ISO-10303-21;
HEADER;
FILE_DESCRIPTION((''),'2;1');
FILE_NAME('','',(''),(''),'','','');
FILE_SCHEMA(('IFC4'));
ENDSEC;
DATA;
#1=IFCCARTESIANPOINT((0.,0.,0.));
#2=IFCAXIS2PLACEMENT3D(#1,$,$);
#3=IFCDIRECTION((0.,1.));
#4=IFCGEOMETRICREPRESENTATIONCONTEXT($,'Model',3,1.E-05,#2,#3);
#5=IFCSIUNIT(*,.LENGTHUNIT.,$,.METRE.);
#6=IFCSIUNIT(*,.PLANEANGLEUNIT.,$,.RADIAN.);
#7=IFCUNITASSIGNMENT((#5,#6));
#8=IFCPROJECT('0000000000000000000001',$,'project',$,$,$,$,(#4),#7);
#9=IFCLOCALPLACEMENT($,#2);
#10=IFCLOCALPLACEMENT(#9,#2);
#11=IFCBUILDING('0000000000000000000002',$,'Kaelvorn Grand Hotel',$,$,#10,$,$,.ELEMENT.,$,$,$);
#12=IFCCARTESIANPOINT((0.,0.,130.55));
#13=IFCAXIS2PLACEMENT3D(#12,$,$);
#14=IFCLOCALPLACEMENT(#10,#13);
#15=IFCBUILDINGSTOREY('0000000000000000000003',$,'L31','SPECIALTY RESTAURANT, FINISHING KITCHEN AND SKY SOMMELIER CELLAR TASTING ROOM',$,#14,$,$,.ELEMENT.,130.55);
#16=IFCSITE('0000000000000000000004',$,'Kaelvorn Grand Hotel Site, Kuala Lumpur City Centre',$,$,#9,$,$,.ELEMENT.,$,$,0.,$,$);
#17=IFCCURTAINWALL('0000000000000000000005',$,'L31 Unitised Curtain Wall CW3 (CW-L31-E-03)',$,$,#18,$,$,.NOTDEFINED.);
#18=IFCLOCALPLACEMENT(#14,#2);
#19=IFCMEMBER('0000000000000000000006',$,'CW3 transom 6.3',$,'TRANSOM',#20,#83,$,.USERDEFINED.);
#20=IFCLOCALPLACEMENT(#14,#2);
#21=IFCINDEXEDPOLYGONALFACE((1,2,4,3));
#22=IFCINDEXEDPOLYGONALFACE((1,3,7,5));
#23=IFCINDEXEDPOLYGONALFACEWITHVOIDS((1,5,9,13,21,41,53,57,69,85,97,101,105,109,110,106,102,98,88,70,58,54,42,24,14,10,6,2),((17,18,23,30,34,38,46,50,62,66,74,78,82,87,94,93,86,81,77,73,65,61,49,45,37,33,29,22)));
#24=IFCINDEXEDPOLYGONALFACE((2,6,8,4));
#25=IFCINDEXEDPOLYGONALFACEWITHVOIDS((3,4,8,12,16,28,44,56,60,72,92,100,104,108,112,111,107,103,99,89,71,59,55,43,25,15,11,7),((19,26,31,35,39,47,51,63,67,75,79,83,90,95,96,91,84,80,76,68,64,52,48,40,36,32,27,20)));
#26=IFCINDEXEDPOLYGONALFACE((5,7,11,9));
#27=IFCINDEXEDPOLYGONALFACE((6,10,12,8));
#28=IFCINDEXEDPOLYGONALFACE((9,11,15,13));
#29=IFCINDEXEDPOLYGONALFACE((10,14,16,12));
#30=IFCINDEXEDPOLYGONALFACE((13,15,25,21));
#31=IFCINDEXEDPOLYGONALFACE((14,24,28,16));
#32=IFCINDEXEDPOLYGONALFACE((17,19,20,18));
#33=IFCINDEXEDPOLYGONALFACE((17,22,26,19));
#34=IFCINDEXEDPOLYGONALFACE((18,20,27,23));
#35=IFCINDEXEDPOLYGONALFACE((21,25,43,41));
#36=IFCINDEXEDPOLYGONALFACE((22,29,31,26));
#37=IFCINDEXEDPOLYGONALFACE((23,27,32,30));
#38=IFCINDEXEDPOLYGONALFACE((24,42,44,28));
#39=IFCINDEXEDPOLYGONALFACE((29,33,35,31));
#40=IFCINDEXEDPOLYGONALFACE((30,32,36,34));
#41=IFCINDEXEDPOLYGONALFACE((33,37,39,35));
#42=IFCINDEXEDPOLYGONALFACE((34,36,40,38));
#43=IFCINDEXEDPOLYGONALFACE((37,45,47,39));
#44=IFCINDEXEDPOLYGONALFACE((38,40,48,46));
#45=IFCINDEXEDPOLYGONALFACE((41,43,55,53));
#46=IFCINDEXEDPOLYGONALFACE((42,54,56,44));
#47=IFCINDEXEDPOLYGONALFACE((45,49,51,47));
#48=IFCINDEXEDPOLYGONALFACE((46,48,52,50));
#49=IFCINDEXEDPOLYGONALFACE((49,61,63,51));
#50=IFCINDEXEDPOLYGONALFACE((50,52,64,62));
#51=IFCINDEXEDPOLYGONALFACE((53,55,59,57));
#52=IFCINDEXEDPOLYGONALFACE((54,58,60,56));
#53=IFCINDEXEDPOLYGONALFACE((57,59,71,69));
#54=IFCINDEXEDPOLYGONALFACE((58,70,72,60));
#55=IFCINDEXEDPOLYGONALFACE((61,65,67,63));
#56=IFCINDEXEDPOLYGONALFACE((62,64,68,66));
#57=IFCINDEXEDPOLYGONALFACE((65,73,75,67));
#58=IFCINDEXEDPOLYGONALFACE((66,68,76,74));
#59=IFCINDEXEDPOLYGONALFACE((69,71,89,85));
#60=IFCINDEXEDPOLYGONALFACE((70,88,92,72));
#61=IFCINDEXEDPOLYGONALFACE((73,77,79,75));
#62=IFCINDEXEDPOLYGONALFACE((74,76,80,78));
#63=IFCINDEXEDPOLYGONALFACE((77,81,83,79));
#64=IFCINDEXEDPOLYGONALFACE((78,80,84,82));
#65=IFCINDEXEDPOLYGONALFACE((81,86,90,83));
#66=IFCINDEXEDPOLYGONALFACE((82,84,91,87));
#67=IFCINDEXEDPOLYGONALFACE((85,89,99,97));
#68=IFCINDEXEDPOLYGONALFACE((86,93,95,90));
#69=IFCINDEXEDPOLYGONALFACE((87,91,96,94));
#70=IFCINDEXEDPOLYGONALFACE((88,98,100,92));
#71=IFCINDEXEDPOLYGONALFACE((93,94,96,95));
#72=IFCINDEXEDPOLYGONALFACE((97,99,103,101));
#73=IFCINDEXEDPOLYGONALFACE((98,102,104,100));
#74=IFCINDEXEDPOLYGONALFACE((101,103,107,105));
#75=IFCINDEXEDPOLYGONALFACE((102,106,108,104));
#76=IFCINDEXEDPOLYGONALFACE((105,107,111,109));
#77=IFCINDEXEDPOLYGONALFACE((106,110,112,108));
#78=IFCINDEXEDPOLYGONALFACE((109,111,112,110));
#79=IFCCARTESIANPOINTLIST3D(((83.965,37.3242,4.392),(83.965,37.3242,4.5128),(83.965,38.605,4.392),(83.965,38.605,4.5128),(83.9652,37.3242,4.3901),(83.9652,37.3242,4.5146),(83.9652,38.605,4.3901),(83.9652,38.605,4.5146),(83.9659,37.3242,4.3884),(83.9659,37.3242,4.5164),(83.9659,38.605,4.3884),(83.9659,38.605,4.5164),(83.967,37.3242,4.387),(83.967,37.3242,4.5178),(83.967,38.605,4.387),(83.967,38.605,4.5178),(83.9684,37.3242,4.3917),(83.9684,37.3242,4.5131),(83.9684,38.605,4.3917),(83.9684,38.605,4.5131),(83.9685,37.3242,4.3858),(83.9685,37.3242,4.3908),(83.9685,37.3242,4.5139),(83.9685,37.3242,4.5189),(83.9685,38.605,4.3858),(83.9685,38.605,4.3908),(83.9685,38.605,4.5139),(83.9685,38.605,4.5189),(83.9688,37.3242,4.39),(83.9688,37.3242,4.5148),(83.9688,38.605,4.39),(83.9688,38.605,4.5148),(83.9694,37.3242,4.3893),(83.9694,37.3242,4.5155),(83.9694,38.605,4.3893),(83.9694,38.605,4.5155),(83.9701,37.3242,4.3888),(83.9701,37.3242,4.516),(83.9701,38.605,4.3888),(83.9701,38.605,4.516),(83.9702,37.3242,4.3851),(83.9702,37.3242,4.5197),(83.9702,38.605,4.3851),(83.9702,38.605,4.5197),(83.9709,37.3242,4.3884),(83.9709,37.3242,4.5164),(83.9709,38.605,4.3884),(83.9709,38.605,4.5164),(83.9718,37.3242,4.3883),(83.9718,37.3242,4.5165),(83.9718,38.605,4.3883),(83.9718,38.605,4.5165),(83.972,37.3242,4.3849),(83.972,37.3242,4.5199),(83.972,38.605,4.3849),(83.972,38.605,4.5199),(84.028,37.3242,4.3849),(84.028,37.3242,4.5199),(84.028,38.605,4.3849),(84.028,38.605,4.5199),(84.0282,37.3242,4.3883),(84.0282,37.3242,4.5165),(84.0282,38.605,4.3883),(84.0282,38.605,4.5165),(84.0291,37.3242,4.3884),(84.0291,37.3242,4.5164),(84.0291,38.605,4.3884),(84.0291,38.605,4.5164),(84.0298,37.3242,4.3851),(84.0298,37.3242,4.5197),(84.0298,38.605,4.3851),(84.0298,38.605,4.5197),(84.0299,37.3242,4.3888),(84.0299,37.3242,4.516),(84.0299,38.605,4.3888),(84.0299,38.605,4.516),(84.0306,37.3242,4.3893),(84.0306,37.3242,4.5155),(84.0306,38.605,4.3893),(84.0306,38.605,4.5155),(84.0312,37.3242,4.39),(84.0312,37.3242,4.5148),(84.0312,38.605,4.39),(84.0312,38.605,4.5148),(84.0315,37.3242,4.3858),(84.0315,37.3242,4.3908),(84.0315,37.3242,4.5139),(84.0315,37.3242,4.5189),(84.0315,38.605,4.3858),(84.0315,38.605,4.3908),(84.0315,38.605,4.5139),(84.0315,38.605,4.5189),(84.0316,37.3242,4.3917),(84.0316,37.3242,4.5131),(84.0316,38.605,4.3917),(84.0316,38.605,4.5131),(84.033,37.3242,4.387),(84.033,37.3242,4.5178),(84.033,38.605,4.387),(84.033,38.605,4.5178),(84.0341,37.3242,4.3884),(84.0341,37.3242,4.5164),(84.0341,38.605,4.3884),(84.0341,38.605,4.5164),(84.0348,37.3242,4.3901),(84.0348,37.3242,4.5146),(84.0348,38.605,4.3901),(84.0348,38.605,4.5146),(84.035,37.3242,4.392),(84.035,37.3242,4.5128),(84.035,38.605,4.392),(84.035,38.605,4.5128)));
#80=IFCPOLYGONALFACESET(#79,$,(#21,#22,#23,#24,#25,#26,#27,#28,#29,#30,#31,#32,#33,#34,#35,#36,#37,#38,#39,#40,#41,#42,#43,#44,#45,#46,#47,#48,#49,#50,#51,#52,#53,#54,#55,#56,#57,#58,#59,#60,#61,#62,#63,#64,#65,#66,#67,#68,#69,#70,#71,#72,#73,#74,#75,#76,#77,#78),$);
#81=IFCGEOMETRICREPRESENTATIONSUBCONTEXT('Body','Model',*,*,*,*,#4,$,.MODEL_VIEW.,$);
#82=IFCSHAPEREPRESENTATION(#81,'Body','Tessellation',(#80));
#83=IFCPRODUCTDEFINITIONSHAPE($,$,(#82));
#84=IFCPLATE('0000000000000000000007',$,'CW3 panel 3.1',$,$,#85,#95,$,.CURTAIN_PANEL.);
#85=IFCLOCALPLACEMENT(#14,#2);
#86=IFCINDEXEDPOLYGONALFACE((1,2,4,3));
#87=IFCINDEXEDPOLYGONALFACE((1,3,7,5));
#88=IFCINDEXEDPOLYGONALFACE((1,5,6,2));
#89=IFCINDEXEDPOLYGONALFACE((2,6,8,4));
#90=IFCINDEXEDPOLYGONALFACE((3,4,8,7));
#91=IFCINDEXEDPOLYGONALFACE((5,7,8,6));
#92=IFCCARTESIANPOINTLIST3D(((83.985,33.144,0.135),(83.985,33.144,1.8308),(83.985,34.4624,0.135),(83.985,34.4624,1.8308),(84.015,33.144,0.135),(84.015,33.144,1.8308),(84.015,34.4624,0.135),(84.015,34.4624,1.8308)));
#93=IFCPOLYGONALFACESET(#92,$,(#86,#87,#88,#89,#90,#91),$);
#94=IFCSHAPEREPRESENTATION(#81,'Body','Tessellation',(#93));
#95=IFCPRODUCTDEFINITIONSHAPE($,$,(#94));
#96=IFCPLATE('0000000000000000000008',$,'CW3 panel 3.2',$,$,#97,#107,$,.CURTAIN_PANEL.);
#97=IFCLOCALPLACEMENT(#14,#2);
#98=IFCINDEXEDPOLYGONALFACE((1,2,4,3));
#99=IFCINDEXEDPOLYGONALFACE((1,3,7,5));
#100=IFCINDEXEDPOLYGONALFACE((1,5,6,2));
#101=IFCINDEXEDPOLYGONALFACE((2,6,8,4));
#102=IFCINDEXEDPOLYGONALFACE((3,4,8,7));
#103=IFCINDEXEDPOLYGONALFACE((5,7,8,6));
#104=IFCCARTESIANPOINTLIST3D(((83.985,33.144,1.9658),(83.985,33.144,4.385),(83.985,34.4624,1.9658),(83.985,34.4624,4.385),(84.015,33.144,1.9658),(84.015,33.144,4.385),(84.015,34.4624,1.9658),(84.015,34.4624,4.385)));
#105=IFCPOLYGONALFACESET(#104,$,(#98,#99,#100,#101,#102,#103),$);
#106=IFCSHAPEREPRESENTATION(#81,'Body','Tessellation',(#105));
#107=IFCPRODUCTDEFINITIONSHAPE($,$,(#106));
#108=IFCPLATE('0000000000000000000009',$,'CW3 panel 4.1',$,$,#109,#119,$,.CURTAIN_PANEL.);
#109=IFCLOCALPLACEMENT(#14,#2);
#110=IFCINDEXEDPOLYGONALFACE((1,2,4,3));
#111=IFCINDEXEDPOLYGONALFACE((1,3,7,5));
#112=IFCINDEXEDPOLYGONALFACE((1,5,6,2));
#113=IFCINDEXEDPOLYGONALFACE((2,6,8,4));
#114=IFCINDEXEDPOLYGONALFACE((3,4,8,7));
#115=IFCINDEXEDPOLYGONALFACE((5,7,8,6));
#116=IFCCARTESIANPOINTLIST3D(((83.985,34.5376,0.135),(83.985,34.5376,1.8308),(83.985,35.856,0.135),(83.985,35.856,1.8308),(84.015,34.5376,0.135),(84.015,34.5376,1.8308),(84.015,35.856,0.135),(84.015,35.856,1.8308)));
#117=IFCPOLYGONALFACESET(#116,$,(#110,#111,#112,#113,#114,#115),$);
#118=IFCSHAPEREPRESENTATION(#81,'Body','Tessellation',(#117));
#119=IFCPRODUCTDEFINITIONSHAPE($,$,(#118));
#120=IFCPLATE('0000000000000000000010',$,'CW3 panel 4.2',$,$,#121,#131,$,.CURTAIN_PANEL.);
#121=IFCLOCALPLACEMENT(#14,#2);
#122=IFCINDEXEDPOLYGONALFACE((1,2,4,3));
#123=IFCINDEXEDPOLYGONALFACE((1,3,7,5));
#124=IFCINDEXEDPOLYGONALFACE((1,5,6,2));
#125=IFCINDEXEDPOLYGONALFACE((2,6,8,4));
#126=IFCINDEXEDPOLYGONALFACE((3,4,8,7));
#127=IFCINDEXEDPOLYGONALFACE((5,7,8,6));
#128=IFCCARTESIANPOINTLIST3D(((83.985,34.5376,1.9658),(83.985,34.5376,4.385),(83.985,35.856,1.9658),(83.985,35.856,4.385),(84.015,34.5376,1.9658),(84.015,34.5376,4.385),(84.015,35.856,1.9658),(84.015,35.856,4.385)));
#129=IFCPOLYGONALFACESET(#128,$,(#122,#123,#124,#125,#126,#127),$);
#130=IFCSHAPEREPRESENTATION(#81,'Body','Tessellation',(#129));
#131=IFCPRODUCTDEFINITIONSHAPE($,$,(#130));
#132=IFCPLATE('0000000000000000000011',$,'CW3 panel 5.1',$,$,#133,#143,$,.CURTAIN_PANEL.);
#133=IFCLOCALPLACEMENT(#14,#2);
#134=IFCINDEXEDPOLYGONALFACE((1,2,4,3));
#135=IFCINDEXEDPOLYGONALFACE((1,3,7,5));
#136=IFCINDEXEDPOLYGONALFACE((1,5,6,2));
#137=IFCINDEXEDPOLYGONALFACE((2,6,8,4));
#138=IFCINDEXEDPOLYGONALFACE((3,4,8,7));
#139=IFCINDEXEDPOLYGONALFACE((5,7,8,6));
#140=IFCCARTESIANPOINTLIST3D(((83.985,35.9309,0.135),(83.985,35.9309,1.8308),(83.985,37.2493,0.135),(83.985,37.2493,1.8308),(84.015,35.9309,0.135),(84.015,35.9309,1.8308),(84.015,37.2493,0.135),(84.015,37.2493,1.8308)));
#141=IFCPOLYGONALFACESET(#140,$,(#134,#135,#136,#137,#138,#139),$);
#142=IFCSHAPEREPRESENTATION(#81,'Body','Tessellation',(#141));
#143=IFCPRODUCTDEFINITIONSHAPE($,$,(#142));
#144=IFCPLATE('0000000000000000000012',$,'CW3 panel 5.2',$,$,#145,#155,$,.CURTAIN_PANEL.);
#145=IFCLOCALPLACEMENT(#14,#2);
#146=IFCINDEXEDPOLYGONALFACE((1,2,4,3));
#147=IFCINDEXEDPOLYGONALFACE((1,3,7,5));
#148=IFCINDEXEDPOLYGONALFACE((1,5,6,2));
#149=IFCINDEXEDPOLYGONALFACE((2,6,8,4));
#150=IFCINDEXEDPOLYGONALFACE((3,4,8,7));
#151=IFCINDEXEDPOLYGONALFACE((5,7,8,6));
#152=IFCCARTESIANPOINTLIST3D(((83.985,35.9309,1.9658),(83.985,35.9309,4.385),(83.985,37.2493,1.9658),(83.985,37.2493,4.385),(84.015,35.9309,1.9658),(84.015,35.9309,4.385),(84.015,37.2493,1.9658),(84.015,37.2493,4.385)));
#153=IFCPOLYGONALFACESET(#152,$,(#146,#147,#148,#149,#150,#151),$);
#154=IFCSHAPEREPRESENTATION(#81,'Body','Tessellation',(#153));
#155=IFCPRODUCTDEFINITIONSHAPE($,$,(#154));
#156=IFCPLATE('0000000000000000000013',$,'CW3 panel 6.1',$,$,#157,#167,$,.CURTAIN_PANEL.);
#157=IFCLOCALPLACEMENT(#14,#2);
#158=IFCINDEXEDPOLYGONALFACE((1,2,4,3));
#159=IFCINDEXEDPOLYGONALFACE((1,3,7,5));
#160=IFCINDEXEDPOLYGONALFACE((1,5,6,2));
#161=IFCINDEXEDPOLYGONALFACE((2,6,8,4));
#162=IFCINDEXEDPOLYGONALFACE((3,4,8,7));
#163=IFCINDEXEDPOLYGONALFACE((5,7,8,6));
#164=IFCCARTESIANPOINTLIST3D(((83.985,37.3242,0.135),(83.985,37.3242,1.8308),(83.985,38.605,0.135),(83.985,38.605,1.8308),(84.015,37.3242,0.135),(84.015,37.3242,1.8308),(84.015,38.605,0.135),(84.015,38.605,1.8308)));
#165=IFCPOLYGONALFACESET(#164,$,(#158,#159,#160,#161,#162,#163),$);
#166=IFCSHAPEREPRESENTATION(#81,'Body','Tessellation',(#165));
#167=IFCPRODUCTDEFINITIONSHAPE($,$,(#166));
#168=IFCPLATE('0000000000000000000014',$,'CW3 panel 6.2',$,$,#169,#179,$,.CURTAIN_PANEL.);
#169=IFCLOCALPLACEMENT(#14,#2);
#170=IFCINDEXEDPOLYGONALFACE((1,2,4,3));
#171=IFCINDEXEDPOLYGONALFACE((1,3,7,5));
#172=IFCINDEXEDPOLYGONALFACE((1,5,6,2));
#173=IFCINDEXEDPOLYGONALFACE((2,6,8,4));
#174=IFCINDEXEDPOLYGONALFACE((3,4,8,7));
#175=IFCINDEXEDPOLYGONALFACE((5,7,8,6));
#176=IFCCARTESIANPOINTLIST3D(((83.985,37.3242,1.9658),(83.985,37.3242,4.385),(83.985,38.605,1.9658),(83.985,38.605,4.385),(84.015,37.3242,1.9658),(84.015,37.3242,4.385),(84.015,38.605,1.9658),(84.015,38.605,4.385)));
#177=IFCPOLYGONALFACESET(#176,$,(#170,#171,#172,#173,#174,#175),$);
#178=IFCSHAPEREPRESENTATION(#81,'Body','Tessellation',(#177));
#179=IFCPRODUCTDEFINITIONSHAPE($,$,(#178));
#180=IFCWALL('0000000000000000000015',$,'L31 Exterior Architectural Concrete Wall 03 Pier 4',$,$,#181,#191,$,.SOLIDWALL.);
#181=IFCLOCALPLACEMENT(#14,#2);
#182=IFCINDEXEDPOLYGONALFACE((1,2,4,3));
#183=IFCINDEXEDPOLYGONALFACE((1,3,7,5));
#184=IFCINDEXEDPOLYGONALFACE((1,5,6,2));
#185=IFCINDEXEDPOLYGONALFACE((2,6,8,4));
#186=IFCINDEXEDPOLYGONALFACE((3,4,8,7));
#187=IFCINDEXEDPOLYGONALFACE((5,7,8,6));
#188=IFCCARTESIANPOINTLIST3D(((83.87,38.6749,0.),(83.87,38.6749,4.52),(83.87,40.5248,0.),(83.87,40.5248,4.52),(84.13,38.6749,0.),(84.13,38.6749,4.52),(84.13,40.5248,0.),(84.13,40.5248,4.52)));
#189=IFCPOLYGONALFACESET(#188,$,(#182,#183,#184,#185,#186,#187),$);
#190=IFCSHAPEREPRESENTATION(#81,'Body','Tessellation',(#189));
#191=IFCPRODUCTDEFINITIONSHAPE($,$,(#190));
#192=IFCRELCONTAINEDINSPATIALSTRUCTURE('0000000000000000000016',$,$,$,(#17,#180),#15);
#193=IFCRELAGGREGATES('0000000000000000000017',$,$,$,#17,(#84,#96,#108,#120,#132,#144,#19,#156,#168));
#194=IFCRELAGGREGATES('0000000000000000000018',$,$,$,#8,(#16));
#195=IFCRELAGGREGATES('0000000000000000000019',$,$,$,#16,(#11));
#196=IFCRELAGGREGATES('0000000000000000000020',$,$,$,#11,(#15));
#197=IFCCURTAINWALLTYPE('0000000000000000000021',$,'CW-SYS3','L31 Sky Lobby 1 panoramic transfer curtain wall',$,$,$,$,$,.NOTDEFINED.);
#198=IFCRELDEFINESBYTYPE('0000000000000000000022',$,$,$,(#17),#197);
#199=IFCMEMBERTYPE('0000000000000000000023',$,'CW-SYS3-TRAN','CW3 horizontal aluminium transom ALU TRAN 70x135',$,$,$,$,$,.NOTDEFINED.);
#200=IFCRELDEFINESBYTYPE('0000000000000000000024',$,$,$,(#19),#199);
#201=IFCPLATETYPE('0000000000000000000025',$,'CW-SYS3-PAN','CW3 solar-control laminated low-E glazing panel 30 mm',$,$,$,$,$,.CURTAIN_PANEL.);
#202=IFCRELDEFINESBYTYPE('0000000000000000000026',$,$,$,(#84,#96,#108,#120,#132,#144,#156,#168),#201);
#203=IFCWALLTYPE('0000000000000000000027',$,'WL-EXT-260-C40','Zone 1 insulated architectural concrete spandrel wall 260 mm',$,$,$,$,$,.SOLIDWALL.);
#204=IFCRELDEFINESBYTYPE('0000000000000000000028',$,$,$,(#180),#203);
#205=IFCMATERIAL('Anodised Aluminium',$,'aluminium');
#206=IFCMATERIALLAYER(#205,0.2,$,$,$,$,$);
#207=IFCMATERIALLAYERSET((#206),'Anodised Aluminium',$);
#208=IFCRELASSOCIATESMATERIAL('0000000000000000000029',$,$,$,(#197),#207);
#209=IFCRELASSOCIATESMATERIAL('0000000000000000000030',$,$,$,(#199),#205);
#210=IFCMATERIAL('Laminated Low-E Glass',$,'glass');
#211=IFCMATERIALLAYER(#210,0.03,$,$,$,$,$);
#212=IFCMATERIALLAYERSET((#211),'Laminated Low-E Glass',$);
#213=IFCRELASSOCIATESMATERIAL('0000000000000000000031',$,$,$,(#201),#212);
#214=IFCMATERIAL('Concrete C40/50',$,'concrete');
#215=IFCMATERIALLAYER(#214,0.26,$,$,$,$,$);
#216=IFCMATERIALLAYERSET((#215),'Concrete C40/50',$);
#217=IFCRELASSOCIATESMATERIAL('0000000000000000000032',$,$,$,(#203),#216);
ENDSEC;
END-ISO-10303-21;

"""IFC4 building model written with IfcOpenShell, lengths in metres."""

from ifc_helpers import new_model, si_unit, direction, frame, frame_2d, origin, origin_2d, place, context, subcontext, project, spatial, rectangle, hollow_rectangle, extrude, material, layer, layer_set, material_profile, profile_set, type_object, element, aggregate, save


model = new_model("IFC4")

# Units and contexts
model_context = context("Model", 3, precision=1e-05, world=origin(), true_north=direction((0.0, 1.0)))
body_context = subcontext(model_context, "Body", "Model", "MODEL_VIEW")
ifc_project = project(units=[si_unit("LENGTHUNIT", "METRE"), si_unit("PLANEANGLEUNIT", "RADIAN")], contexts=[model_context])

# Site, building, storey
site_placement = place(None, origin())
site = spatial("IfcSite", under=ifc_project, at=site_placement, Name="Kaelvorn Grand Hotel Site, Kuala Lumpur City Centre", CompositionType="ELEMENT", RefElevation=0.0)
building_placement = place(site_placement, origin())
building = spatial("IfcBuilding", under=site, at=building_placement, Name="Kaelvorn Grand Hotel", CompositionType="ELEMENT")
storey_placement = place(building_placement, frame((0.0, 0.0, 130.55)))
storey = spatial("IfcBuildingStorey", under=building, at=storey_placement, Name="L31", Description="SPECIALTY RESTAURANT, FINISHING KITCHEN AND SKY SOMMELIER CELLAR TASTING ROOM", CompositionType="ELEMENT", Elevation=130.55)

# Curtain wall, member, plates
ifc_material_1 = material(Name="Anodised Aluminium", Category="aluminium")
ifc_layer_1 = layer(ifc_material_1, 0.2)
ifc_layer_set_1 = layer_set([ifc_layer_1], Name="Anodised Aluminium")
curtain_wall_type = type_object("IfcCurtainWallType", Name="CW-SYS3", Description="L31 Sky Lobby 1 panoramic transfer curtain wall", PredefinedType="NOTDEFINED", material=ifc_layer_set_1)
curtain_wall_placement = place(storey_placement, origin())
curtain_wall = element("IfcCurtainWall", 1, at=curtain_wall_placement, inside=storey, type_object=curtain_wall_type, Name="L31 Unitised Curtain Wall CW3 (CW-L31-E-03)", PredefinedType="NOTDEFINED")
ifc_material_profile_1 = material_profile(ifc_material_1, hollow_rectangle(XDim=0.0701, YDim=0.135, WallThickness=0.0034, InnerFilletRadius=0.0034, OuterFilletRadius=0.0071, at=origin_2d()), Name="ALU TRAN 70x135")
ifc_profile_set_1 = profile_set([ifc_material_profile_1], Name="Anodised Aluminium")
member_type_1 = type_object("IfcMemberType", Name="CW-SYS3-TRAN", Description="CW3 horizontal aluminium transom ALU TRAN 70x135", PredefinedType="NOTDEFINED", material=ifc_profile_set_1)
member_1_placement = place(storey_placement, frame((84.0, 37.3242, 4.4524), z_axis=(0.0, 1.0, 0.0), x_axis=(-1.0, 0.0, 0.0)))
member_1 = element("IfcMember", 2, at=member_1_placement, type_object=member_type_1, Name="CW3 transom 6.3", ObjectType="TRANSOM", PredefinedType="USERDEFINED", context=body_context, shape_type="SweptSolid", body=[
    extrude(hollow_rectangle(XDim=0.0701, YDim=0.135, WallThickness=0.0034, InnerFilletRadius=0.0034, OuterFilletRadius=0.0071, at=origin_2d()), origin(), (0.0, 0.0, 1.0), 1.2808),
])
ifc_material_2 = material(Name="Laminated Low-E Glass", Category="glass")
ifc_layer_2 = layer(ifc_material_2, 0.03)
ifc_layer_set_2 = layer_set([ifc_layer_2], Name="Laminated Low-E Glass")
plate_type = type_object("IfcPlateType", Name="CW-SYS3-PAN", Description="CW3 solar-control laminated low-E glazing panel 30 mm", PredefinedType="CURTAIN_PANEL", material=ifc_layer_set_2)
plate_1_placement = place(storey_placement, frame((84.0, 33.8032, 0.135), z_axis=(0.0, 0.0, 1.0), x_axis=(0.0, 1.0, 0.0)))
plate_1 = element("IfcPlate", 3, at=plate_1_placement, type_object=plate_type, Name="CW3 panel 3.1", PredefinedType="CURTAIN_PANEL", context=body_context, shape_type="SweptSolid", body=[
    extrude(rectangle(XDim=1.3184, YDim=0.03, at=origin_2d()), origin(), (0.0, 0.0, 1.0), 1.6958),
])
plate_2_placement = place(storey_placement, frame((84.0, 33.8032, 1.9658), z_axis=(0.0, 0.0, 1.0), x_axis=(0.0, 1.0, 0.0)))
plate_2 = element("IfcPlate", 4, at=plate_2_placement, type_object=plate_type, Name="CW3 panel 3.2", PredefinedType="CURTAIN_PANEL", context=body_context, shape_type="SweptSolid", body=[
    extrude(rectangle(XDim=1.3184, YDim=0.03, at=origin_2d()), origin(), (0.0, 0.0, 1.0), 2.4192),
])
plate_3_placement = place(storey_placement, frame((84.0, 35.1968, 0.135), z_axis=(0.0, 0.0, 1.0), x_axis=(0.0, 1.0, 0.0)))
plate_3 = element("IfcPlate", 5, at=plate_3_placement, type_object=plate_type, Name="CW3 panel 4.1", PredefinedType="CURTAIN_PANEL", context=body_context, shape_type="SweptSolid", body=[
    extrude(rectangle(XDim=1.3184, YDim=0.03, at=origin_2d()), origin(), (0.0, 0.0, 1.0), 1.6958),
])
plate_4_placement = place(storey_placement, frame((84.0, 35.1968, 1.9658), z_axis=(0.0, 0.0, 1.0), x_axis=(0.0, 1.0, 0.0)))
plate_4 = element("IfcPlate", 6, at=plate_4_placement, type_object=plate_type, Name="CW3 panel 4.2", PredefinedType="CURTAIN_PANEL", context=body_context, shape_type="SweptSolid", body=[
    extrude(rectangle(XDim=1.3184, YDim=0.03, at=origin_2d()), origin(), (0.0, 0.0, 1.0), 2.4192),
])
plate_5_placement = place(storey_placement, frame((84.0, 36.5901, 0.135), z_axis=(0.0, 0.0, 1.0), x_axis=(0.0, 1.0, 0.0)))
plate_5 = element("IfcPlate", 7, at=plate_5_placement, type_object=plate_type, Name="CW3 panel 5.1", PredefinedType="CURTAIN_PANEL", context=body_context, shape_type="SweptSolid", body=[
    extrude(rectangle(XDim=1.3184, YDim=0.03, at=origin_2d()), origin(), (0.0, 0.0, 1.0), 1.6958),
])
plate_6_placement = place(storey_placement, frame((84.0, 36.5901, 1.9658), z_axis=(0.0, 0.0, 1.0), x_axis=(0.0, 1.0, 0.0)))
plate_6 = element("IfcPlate", 8, at=plate_6_placement, type_object=plate_type, Name="CW3 panel 5.2", PredefinedType="CURTAIN_PANEL", context=body_context, shape_type="SweptSolid", body=[
    extrude(rectangle(XDim=1.3184, YDim=0.03, at=origin_2d()), origin(), (0.0, 0.0, 1.0), 2.4192),
])
plate_7_placement = place(storey_placement, frame((84.0, 37.9646, 0.135), z_axis=(0.0, 0.0, 1.0), x_axis=(0.0, 1.0, 0.0)))
plate_7 = element("IfcPlate", 9, at=plate_7_placement, type_object=plate_type, Name="CW3 panel 6.1", PredefinedType="CURTAIN_PANEL", context=body_context, shape_type="SweptSolid", body=[
    extrude(rectangle(XDim=1.2808, YDim=0.03, at=origin_2d()), origin(), (0.0, 0.0, 1.0), 1.6958),
])
plate_8_placement = place(storey_placement, frame((84.0, 37.9646, 1.9658), z_axis=(0.0, 0.0, 1.0), x_axis=(0.0, 1.0, 0.0)))
plate_8 = element("IfcPlate", 10, at=plate_8_placement, type_object=plate_type, Name="CW3 panel 6.2", PredefinedType="CURTAIN_PANEL", context=body_context, shape_type="SweptSolid", body=[
    extrude(rectangle(XDim=1.2808, YDim=0.03, at=origin_2d()), origin(), (0.0, 0.0, 1.0), 2.4192),
])
aggregate(curtain_wall, [plate_1, plate_2, plate_3, plate_4, plate_5, plate_6, member_1, plate_7, plate_8])

# Wall
ifc_material_3 = material(Name="Concrete C40/50", Category="concrete")
ifc_layer_3 = layer(ifc_material_3, 0.26)
ifc_layer_set_3 = layer_set([ifc_layer_3], Name="Concrete C40/50")
wall_type = type_object("IfcWallType", Name="WL-EXT-260-C40", Description="Zone 1 insulated architectural concrete spandrel wall 260 mm", PredefinedType="SOLIDWALL", material=ifc_layer_set_3)
wall_placement = place(storey_placement, frame((84.0, 38.675, 0.0), z_axis=(0.0, 0.0, 1.0), x_axis=(0.0, 1.0, 0.0)))
element("IfcWall", 11, at=wall_placement, inside=storey, type_object=wall_type, Name="L31 Exterior Architectural Concrete Wall 03 Pier 4", PredefinedType="SOLIDWALL", context=body_context, shape_type="SweptSolid", body=[
    extrude(rectangle(XDim=1.8499, YDim=0.26, at=frame_2d((0.9248, 0.0))), origin(), (0.0, 0.0, 1.0), 4.52),
])

save(model, "model.ifc")
